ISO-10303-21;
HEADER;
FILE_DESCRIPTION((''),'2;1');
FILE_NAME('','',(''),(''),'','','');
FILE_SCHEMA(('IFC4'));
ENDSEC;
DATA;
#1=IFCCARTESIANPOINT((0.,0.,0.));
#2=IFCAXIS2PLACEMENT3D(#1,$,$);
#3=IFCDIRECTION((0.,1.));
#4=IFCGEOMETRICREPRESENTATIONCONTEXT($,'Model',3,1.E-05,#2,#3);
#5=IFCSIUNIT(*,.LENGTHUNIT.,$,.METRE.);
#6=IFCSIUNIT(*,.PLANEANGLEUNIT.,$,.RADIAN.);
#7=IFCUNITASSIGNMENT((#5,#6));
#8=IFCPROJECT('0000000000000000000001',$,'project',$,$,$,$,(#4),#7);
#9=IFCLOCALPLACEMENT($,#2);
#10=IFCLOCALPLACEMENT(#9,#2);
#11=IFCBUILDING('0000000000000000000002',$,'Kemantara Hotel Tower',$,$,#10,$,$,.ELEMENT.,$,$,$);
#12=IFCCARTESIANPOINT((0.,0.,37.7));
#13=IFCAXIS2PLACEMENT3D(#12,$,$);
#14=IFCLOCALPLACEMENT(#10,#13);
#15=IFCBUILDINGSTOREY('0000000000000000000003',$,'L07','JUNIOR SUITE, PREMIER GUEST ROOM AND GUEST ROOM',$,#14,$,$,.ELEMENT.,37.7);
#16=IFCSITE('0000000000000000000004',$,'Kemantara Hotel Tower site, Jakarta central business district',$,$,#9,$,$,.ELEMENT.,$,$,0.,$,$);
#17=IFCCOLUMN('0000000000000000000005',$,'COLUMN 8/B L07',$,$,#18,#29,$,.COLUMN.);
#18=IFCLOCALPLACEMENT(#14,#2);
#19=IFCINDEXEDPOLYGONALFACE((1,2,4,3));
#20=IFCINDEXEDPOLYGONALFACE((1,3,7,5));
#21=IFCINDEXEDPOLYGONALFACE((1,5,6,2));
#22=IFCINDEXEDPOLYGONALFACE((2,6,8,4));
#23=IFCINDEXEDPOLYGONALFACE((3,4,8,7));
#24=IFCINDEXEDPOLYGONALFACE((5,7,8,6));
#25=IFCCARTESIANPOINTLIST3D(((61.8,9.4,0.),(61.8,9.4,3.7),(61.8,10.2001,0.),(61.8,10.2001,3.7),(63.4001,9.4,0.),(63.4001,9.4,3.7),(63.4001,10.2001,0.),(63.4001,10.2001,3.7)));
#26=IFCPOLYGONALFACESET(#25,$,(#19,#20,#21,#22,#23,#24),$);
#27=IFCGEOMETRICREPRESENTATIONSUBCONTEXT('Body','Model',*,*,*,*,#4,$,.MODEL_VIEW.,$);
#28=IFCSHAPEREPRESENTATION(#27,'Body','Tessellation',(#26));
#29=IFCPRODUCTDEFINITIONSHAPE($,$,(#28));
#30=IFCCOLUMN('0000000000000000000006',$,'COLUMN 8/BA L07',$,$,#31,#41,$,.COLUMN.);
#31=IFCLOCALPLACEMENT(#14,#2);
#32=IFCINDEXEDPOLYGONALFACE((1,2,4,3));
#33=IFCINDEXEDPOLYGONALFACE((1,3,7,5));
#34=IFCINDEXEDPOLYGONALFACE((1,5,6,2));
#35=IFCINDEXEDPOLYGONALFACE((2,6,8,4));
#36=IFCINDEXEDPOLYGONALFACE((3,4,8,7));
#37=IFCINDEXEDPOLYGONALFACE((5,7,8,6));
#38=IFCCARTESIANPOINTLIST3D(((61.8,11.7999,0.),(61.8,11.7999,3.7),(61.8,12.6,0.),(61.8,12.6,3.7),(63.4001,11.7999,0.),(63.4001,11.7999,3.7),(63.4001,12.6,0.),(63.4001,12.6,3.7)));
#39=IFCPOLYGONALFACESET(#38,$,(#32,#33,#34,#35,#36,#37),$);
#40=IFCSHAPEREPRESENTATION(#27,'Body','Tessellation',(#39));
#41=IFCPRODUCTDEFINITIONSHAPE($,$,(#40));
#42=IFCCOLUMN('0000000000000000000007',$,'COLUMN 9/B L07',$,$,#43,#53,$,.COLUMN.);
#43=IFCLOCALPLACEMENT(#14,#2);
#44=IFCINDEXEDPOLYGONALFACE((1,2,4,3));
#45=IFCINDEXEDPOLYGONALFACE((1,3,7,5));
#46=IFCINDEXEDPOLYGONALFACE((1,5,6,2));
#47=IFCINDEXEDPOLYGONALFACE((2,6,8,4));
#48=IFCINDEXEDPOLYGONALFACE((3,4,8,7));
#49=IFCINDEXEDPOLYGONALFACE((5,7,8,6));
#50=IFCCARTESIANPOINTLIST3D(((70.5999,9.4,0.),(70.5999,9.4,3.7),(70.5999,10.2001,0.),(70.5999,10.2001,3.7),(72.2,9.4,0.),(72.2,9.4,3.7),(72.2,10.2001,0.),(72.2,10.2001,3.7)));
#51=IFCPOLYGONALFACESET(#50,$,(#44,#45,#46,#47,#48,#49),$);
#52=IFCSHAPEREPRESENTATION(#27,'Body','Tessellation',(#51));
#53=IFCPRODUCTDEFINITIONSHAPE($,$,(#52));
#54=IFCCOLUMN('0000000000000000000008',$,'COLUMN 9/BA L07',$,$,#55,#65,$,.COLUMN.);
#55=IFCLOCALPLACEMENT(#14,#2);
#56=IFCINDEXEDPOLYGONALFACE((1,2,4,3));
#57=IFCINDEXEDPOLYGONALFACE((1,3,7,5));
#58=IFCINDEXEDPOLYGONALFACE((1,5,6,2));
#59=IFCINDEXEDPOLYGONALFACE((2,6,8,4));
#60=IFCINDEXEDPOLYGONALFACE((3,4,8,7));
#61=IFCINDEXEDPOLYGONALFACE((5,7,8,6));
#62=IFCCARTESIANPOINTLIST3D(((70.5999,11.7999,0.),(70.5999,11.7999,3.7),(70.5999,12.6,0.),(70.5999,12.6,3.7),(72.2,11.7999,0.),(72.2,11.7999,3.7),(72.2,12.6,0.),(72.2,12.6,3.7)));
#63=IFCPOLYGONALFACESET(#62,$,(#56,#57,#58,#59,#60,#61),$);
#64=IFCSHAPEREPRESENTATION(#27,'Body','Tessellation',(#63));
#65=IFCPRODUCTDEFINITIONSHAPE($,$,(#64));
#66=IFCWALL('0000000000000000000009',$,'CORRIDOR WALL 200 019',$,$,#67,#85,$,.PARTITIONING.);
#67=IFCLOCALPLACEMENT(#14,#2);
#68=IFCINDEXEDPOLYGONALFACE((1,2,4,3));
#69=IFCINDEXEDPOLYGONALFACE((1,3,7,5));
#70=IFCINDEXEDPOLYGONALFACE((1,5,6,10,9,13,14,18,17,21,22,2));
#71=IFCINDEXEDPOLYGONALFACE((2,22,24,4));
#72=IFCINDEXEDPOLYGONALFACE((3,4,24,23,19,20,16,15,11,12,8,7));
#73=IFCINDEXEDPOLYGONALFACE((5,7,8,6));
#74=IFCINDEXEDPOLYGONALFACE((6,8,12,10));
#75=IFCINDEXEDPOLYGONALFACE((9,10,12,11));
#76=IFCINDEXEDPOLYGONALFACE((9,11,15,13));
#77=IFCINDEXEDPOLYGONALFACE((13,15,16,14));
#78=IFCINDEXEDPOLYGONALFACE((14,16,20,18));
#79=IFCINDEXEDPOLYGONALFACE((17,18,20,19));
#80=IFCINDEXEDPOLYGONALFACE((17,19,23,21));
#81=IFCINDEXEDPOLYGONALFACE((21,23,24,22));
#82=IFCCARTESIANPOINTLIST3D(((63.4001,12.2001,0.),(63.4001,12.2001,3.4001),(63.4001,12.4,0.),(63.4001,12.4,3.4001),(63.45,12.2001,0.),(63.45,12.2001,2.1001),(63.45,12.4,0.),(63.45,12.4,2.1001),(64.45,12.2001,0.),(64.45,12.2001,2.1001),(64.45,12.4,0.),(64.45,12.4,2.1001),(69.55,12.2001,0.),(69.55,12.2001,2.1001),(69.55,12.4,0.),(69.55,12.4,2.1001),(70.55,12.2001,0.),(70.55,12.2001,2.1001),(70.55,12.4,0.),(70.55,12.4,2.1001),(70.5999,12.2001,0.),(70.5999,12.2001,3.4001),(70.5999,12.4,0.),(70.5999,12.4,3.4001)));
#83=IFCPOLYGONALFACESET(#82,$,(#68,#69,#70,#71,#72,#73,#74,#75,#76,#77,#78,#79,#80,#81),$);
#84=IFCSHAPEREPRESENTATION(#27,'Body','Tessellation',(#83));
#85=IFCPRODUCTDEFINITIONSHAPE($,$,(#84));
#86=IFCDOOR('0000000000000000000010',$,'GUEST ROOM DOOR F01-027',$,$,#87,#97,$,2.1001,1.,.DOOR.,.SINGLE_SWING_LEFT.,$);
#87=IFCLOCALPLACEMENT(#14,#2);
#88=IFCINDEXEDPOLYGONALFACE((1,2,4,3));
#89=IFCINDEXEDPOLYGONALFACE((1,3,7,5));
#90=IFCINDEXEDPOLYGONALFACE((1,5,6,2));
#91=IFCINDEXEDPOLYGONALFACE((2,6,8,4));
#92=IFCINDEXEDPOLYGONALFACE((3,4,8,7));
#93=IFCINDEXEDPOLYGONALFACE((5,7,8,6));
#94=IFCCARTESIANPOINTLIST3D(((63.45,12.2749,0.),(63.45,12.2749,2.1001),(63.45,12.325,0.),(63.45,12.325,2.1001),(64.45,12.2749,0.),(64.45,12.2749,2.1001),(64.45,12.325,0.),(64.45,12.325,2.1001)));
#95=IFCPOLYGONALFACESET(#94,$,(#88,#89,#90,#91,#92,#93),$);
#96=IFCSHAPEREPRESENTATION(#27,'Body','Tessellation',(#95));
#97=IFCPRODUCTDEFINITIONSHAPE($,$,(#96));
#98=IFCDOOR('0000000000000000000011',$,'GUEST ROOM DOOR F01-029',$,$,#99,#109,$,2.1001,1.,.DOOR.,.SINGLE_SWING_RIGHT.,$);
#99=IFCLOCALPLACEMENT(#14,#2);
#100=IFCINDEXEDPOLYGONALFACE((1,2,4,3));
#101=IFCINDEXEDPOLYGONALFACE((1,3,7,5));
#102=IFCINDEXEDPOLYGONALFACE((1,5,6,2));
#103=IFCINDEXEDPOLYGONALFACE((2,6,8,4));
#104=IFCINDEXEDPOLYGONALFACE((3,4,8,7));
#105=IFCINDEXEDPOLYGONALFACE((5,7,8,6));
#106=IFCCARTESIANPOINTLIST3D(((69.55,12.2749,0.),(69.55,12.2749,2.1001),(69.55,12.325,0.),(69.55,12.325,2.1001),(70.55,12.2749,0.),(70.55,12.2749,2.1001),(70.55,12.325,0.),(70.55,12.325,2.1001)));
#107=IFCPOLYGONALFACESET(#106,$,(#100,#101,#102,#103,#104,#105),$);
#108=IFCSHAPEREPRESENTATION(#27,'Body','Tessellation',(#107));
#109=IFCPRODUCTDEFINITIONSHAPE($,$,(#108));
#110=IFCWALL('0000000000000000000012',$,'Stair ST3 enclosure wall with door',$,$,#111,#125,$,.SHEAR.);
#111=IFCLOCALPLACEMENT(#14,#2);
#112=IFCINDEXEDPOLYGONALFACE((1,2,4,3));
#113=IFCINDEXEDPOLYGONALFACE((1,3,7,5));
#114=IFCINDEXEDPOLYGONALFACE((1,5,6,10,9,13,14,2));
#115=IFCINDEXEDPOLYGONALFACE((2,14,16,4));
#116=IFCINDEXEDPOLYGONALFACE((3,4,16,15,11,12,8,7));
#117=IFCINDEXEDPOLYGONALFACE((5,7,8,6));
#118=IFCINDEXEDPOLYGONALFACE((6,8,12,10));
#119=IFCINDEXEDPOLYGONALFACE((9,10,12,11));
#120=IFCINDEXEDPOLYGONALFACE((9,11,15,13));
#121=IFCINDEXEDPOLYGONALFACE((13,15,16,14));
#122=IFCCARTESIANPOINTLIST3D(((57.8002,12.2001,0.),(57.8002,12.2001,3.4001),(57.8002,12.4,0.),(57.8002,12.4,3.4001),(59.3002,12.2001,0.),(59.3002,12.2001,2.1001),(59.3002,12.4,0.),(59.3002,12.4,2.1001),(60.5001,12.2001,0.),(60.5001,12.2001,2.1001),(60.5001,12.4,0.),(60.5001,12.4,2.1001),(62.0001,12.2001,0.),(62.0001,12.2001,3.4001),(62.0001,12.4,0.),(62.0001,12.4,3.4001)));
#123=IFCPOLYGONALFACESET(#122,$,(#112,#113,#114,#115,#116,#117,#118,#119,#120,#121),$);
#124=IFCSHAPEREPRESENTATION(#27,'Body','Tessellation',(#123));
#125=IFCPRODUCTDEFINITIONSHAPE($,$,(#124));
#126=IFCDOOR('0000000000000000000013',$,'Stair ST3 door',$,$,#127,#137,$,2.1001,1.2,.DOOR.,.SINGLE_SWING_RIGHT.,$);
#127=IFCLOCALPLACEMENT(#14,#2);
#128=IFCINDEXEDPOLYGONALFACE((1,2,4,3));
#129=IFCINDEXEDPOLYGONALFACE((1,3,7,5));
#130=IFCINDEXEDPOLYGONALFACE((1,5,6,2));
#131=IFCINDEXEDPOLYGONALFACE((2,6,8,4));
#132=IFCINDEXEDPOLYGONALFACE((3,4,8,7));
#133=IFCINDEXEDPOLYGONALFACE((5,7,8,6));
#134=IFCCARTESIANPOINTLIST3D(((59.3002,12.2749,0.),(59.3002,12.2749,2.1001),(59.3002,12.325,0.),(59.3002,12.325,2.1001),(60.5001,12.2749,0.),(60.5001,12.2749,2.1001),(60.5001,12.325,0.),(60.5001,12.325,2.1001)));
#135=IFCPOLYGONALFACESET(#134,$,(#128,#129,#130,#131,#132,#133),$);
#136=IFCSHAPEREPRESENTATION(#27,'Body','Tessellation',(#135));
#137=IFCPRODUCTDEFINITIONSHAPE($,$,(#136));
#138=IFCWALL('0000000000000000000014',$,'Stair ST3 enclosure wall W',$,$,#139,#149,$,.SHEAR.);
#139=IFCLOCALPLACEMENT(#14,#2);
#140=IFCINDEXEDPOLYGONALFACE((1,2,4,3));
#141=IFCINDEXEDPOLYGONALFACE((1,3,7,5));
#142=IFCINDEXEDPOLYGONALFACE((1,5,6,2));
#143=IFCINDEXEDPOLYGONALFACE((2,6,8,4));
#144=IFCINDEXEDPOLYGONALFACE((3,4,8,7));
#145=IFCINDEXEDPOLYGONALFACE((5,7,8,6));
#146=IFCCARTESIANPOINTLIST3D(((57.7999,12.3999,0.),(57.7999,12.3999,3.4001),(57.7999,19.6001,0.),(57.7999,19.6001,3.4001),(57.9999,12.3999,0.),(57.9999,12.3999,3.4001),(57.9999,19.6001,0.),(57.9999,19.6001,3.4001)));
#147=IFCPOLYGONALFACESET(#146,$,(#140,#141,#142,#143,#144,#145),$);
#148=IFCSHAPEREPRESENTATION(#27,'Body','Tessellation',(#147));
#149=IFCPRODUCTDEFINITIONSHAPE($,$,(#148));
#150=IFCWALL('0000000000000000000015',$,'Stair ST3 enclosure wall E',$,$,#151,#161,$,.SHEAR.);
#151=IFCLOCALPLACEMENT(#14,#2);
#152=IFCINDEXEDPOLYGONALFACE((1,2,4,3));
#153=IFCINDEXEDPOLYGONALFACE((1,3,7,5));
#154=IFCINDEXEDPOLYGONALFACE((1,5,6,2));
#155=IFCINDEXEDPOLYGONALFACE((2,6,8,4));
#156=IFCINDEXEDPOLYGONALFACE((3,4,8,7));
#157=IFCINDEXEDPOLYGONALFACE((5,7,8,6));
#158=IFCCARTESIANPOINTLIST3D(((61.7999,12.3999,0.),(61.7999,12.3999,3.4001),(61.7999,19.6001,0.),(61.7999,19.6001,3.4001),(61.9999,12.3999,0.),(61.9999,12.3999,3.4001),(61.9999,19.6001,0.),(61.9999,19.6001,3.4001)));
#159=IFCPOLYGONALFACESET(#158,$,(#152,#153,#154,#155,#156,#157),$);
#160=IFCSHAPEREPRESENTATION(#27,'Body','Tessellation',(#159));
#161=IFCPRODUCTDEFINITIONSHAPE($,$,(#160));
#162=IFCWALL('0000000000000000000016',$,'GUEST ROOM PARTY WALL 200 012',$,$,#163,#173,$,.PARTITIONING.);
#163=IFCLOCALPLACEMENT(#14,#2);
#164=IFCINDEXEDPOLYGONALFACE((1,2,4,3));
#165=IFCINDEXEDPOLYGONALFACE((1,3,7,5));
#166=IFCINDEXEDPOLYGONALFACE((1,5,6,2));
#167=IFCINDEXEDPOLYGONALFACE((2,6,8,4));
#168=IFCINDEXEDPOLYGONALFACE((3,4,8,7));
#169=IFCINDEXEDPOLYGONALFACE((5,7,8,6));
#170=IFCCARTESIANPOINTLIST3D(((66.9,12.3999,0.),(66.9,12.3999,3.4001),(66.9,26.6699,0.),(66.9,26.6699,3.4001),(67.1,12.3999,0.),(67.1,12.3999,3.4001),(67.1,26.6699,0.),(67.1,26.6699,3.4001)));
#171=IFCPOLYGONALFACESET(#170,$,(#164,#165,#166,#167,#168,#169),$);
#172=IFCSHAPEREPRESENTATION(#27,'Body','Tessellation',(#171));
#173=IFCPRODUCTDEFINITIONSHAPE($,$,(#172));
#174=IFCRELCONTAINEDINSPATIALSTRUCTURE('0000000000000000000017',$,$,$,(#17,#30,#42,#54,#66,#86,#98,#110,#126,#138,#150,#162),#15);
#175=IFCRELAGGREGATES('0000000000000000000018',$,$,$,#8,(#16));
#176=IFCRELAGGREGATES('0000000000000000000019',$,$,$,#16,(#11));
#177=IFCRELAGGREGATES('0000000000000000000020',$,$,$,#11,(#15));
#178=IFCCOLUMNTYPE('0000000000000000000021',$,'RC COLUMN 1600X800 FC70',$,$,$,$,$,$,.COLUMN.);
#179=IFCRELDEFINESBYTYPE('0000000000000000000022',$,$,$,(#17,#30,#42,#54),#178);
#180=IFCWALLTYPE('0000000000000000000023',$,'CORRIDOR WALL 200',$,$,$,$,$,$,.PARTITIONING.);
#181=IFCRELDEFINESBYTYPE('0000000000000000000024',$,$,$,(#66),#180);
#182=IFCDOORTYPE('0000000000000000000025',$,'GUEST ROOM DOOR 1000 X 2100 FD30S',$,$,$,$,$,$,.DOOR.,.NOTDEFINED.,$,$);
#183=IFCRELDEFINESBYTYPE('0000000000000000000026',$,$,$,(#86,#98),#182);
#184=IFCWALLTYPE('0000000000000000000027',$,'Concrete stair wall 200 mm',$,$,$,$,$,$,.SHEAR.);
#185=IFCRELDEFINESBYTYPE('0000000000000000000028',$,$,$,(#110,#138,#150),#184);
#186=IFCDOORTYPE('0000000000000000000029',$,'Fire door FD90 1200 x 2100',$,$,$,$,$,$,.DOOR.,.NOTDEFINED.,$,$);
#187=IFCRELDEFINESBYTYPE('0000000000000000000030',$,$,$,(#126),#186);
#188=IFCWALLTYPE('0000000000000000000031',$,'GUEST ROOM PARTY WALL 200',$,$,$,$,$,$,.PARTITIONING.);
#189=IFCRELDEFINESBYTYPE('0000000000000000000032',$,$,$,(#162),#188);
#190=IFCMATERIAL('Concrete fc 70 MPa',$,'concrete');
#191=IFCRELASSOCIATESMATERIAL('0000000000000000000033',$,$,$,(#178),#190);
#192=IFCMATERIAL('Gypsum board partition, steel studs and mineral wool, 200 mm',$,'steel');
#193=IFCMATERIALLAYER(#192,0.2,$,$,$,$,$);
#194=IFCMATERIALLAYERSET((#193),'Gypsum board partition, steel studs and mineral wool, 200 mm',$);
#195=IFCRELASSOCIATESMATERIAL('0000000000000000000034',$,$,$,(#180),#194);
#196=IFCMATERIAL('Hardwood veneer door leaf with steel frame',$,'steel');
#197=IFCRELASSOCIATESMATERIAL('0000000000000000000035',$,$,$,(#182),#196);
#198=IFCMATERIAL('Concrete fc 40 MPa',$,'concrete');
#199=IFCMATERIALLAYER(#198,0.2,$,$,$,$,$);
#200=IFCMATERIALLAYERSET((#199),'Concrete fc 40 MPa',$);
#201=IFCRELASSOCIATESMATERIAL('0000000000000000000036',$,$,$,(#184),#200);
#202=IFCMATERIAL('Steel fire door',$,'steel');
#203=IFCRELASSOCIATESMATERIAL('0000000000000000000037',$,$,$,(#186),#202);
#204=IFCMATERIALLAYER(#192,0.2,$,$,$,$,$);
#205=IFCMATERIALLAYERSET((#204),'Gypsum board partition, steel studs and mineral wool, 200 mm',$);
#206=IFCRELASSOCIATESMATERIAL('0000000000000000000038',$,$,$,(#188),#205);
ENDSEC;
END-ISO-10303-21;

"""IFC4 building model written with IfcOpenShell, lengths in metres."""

from ifc_helpers import new_model, si_unit, direction, frame, frame_2d, origin, origin_2d, place, context, subcontext, project, spatial, rectangle, extrude, material, layer, layer_set, material_profile, profile_set, type_object, element, fill, save


model = new_model("IFC4")

# Units and contexts
model_context = context("Model", 3, precision=1e-05, world=origin(), true_north=direction((0.0, 1.0)))
body_context = subcontext(model_context, "Body", "Model", "MODEL_VIEW")
ifc_project = project(units=[si_unit("LENGTHUNIT", "METRE"), si_unit("PLANEANGLEUNIT", "RADIAN")], contexts=[model_context])

# Site, building, storey
site_placement = place(None, origin())
site = spatial("IfcSite", under=ifc_project, at=site_placement, Name="Kemantara Hotel Tower site, Jakarta central business district", CompositionType="ELEMENT", RefElevation=0.0)
building_placement = place(site_placement, origin())
building = spatial("IfcBuilding", under=site, at=building_placement, Name="Kemantara Hotel Tower", CompositionType="ELEMENT")
storey_placement = place(building_placement, frame((0.0, 0.0, 37.7)))
storey = spatial("IfcBuildingStorey", under=building, at=storey_placement, Name="L07", Description="JUNIOR SUITE, PREMIER GUEST ROOM AND GUEST ROOM", CompositionType="ELEMENT", Elevation=37.7)

# Columns
ifc_material_1 = material(Name="Concrete fc 70 MPa", Category="concrete")
ifc_material_profile = material_profile(ifc_material_1, rectangle(XDim=1.6001, YDim=0.8, at=origin_2d()), Name="RC 1600X800")
ifc_profile_set = profile_set([ifc_material_profile], Name="Concrete fc 70 MPa")
column_type = type_object("IfcColumnType", Name="RC COLUMN 1600X800 FC70", PredefinedType="COLUMN", material=ifc_profile_set)
for number, where, z_axis, x_axis, name in (
    (1, (62.6001, 9.8, 0.0), (0.0, 0.0, 1.0), (1.0, 0.0, 0.0), "COLUMN 8/B L07"),
    (2, (62.6001, 12.2, 0.0), (0.0, 0.0, 1.0), (1.0, 0.0, 0.0), "COLUMN 8/BA L07"),
    (3, (71.3999, 9.8, 0.0), (0.0, 0.0, 1.0), (1.0, 0.0, 0.0), "COLUMN 9/B L07"),
    (4, (71.3999, 12.2, 0.0), (0.0, 0.0, 1.0), (1.0, 0.0, 0.0), "COLUMN 9/BA L07"),
):
    element("IfcColumn", number, at=place(storey_placement, frame(where, z_axis=z_axis, x_axis=x_axis)), inside=storey, type_object=column_type, Name=name, PredefinedType="COLUMN", context=body_context, shape_type="SweptSolid", body=[
        extrude(rectangle(XDim=1.6001, YDim=0.8, at=origin_2d()), origin(), (0.0, 0.0, 1.0), 3.7),
    ])

# Wall, openings, doors
ifc_material_2 = material(Name="Gypsum board partition, steel studs and mineral wool, 200 mm", Category="steel")
ifc_layer_1 = layer(ifc_material_2, 0.2)
ifc_layer_set_1 = layer_set([ifc_layer_1], Name="Gypsum board partition, steel studs and mineral wool, 200 mm")
wall_type_1 = type_object("IfcWallType", Name="CORRIDOR WALL 200", PredefinedType="PARTITIONING", material=ifc_layer_set_1)
wall_1_placement = place(storey_placement, frame((63.4001, 12.3, 0.0), z_axis=(0.0, 0.0, 1.0), x_axis=(1.0, 0.0, 0.0)))
wall_1 = element("IfcWall", 5, at=wall_1_placement, inside=storey, type_object=wall_type_1, Name="CORRIDOR WALL 200 019", PredefinedType="PARTITIONING", context=body_context, shape_type="SweptSolid", body=[
    extrude(rectangle(XDim=7.1997, YDim=0.2, at=frame_2d((3.5999, 0.0))), origin(), (0.0, 0.0, 1.0), 3.4001),
])
opening_1_placement = place(wall_1_placement, frame((0.0498, 0.0, 0.0)))
opening_1 = element("IfcOpeningElement", 6, at=opening_1_placement, cuts=wall_1, PredefinedType="OPENING", context=body_context, shape_type="SweptSolid", body=[
    extrude(rectangle(XDim=1.0, YDim=2.1001, at=frame_2d((0.5, 1.05))), frame((0.0, 0.1099, 0.0), z_axis=(0.0, -1.0, 0.0), x_axis=(1.0, 0.0, 0.0)), (0.0, 0.0, 1.0), 0.22),
])
opening_2_placement = place(wall_1_placement, frame((6.1499, 0.0, 0.0)))
opening_2 = element("IfcOpeningElement", 7, at=opening_2_placement, cuts=wall_1, PredefinedType="OPENING", context=body_context, shape_type="SweptSolid", body=[
    extrude(rectangle(XDim=1.0, YDim=2.1001, at=frame_2d((0.5, 1.05))), frame((0.0, 0.1099, 0.0), z_axis=(0.0, -1.0, 0.0), x_axis=(1.0, 0.0, 0.0)), (0.0, 0.0, 1.0), 0.22),
])
ifc_material_3 = material(Name="Hardwood veneer door leaf with steel frame", Category="steel")
door_type_1 = type_object("IfcDoorType", Name="GUEST ROOM DOOR 1000 X 2100 FD30S", OperationType="NOTDEFINED", PredefinedType="DOOR", material=ifc_material_3)
door_1_placement = place(opening_1_placement, origin())
door_1 = element("IfcDoor", 8, at=door_1_placement, inside=storey, type_object=door_type_1, Name="GUEST ROOM DOOR F01-027", OperationType="SINGLE_SWING_LEFT", OverallHeight=2.1001, OverallWidth=1.0, PredefinedType="DOOR", context=body_context, shape_type="SweptSolid", body=[
    extrude(rectangle(XDim=1.0, YDim=2.1001, at=frame_2d((0.5, 1.05))), frame((0.0, 0.0249, 0.0), z_axis=(0.0, -1.0, 0.0), x_axis=(1.0, 0.0, 0.0)), (0.0, 0.0, 1.0), 0.05),
])
fill(opening_1, door_1)
door_2_placement = place(opening_2_placement, origin())
door_2 = element("IfcDoor", 9, at=door_2_placement, inside=storey, type_object=door_type_1, Name="GUEST ROOM DOOR F01-029", OperationType="SINGLE_SWING_RIGHT", OverallHeight=2.1001, OverallWidth=1.0, PredefinedType="DOOR", context=body_context, shape_type="SweptSolid", body=[
    extrude(rectangle(XDim=1.0, YDim=2.1001, at=frame_2d((0.5, 1.05))), frame((0.0, 0.0249, 0.0), z_axis=(0.0, -1.0, 0.0), x_axis=(1.0, 0.0, 0.0)), (0.0, 0.0, 1.0), 0.05),
])
fill(opening_2, door_2)

# Wall, opening, door
ifc_material_4 = material(Name="Concrete fc 40 MPa", Category="concrete")
ifc_layer_2 = layer(ifc_material_4, 0.2)
ifc_layer_set_2 = layer_set([ifc_layer_2], Name="Concrete fc 40 MPa")
wall_type_2 = type_object("IfcWallType", Name="Concrete stair wall 200 mm", PredefinedType="SHEAR", material=ifc_layer_set_2)
wall_2_placement = place(storey_placement, frame((57.8, 12.3, 0.0), z_axis=(0.0, 0.0, 1.0), x_axis=(1.0, 0.0, 0.0)))
wall_2 = element("IfcWall", 10, at=wall_2_placement, inside=storey, type_object=wall_type_2, Name="Stair ST3 enclosure wall with door", PredefinedType="SHEAR", context=body_context, shape_type="SweptSolid", body=[
    extrude(rectangle(XDim=4.2, YDim=0.2, at=frame_2d((2.1001, 0.0))), origin(), (0.0, 0.0, 1.0), 3.4001),
])
opening_3_placement = place(wall_2_placement, frame((1.5, 0.0, 0.0)))
opening_3 = element("IfcOpeningElement", 11, at=opening_3_placement, cuts=wall_2, PredefinedType="OPENING", context=body_context, shape_type="SweptSolid", body=[
    extrude(rectangle(XDim=1.2, YDim=2.1001, at=frame_2d((0.6001, 1.05))), frame((0.0, 0.1099, 0.0), z_axis=(0.0, -1.0, 0.0), x_axis=(1.0, 0.0, 0.0)), (0.0, 0.0, 1.0), 0.22),
])
ifc_material_5 = material(Name="Steel fire door", Category="steel")
door_type_2 = type_object("IfcDoorType", Name="Fire door FD90 1200 x 2100", OperationType="NOTDEFINED", PredefinedType="DOOR", material=ifc_material_5)
door_3_placement = place(opening_3_placement, origin())
door_3 = element("IfcDoor", 12, at=door_3_placement, inside=storey, type_object=door_type_2, Name="Stair ST3 door", OperationType="SINGLE_SWING_RIGHT", OverallHeight=2.1001, OverallWidth=1.2, PredefinedType="DOOR", context=body_context, shape_type="SweptSolid", body=[
    extrude(rectangle(XDim=1.2, YDim=2.1001, at=frame_2d((0.6001, 1.05))), frame((0.0, 0.0249, 0.0), z_axis=(0.0, -1.0, 0.0), x_axis=(1.0, 0.0, 0.0)), (0.0, 0.0, 1.0), 0.05),
])
fill(opening_3, door_3)

# Walls
for number, where, z_axis, x_axis, name in (
    (13, (57.8999, 12.3999, 0.0), (0.0, 0.0, 1.0), (0.0, 1.0, 0.0), "Stair ST3 enclosure wall W"),
    (14, (61.8999, 12.3999, 0.0), (0.0, 0.0, 1.0), (0.0, 1.0, 0.0), "Stair ST3 enclosure wall E"),
):
    element("IfcWall", number, at=place(storey_placement, frame(where, z_axis=z_axis, x_axis=x_axis)), inside=storey, type_object=wall_type_2, Name=name, PredefinedType="SHEAR", context=body_context, shape_type="SweptSolid", body=[
        extrude(rectangle(XDim=7.2002, YDim=0.2, at=frame_2d((3.6001, 0.0))), origin(), (0.0, 0.0, 1.0), 3.4001),
    ])
ifc_layer_3 = layer(ifc_material_2, 0.2)
ifc_layer_set_3 = layer_set([ifc_layer_3], Name="Gypsum board partition, steel studs and mineral wool, 200 mm")
wall_type_3 = type_object("IfcWallType", Name="GUEST ROOM PARTY WALL 200", PredefinedType="PARTITIONING", material=ifc_layer_set_3)
wall_3_placement = place(storey_placement, frame((67.0, 12.3999, 0.0), z_axis=(0.0, 0.0, 1.0), x_axis=(0.0, 1.0, 0.0)))
element("IfcWall", 15, at=wall_3_placement, inside=storey, type_object=wall_type_3, Name="GUEST ROOM PARTY WALL 200 012", PredefinedType="PARTITIONING", context=body_context, shape_type="SweptSolid", body=[
    extrude(rectangle(XDim=14.27, YDim=0.2, at=frame_2d((7.135, 0.0))), origin(), (0.0, 0.0, 1.0), 3.4001),
])

save(model, "model.ifc")
